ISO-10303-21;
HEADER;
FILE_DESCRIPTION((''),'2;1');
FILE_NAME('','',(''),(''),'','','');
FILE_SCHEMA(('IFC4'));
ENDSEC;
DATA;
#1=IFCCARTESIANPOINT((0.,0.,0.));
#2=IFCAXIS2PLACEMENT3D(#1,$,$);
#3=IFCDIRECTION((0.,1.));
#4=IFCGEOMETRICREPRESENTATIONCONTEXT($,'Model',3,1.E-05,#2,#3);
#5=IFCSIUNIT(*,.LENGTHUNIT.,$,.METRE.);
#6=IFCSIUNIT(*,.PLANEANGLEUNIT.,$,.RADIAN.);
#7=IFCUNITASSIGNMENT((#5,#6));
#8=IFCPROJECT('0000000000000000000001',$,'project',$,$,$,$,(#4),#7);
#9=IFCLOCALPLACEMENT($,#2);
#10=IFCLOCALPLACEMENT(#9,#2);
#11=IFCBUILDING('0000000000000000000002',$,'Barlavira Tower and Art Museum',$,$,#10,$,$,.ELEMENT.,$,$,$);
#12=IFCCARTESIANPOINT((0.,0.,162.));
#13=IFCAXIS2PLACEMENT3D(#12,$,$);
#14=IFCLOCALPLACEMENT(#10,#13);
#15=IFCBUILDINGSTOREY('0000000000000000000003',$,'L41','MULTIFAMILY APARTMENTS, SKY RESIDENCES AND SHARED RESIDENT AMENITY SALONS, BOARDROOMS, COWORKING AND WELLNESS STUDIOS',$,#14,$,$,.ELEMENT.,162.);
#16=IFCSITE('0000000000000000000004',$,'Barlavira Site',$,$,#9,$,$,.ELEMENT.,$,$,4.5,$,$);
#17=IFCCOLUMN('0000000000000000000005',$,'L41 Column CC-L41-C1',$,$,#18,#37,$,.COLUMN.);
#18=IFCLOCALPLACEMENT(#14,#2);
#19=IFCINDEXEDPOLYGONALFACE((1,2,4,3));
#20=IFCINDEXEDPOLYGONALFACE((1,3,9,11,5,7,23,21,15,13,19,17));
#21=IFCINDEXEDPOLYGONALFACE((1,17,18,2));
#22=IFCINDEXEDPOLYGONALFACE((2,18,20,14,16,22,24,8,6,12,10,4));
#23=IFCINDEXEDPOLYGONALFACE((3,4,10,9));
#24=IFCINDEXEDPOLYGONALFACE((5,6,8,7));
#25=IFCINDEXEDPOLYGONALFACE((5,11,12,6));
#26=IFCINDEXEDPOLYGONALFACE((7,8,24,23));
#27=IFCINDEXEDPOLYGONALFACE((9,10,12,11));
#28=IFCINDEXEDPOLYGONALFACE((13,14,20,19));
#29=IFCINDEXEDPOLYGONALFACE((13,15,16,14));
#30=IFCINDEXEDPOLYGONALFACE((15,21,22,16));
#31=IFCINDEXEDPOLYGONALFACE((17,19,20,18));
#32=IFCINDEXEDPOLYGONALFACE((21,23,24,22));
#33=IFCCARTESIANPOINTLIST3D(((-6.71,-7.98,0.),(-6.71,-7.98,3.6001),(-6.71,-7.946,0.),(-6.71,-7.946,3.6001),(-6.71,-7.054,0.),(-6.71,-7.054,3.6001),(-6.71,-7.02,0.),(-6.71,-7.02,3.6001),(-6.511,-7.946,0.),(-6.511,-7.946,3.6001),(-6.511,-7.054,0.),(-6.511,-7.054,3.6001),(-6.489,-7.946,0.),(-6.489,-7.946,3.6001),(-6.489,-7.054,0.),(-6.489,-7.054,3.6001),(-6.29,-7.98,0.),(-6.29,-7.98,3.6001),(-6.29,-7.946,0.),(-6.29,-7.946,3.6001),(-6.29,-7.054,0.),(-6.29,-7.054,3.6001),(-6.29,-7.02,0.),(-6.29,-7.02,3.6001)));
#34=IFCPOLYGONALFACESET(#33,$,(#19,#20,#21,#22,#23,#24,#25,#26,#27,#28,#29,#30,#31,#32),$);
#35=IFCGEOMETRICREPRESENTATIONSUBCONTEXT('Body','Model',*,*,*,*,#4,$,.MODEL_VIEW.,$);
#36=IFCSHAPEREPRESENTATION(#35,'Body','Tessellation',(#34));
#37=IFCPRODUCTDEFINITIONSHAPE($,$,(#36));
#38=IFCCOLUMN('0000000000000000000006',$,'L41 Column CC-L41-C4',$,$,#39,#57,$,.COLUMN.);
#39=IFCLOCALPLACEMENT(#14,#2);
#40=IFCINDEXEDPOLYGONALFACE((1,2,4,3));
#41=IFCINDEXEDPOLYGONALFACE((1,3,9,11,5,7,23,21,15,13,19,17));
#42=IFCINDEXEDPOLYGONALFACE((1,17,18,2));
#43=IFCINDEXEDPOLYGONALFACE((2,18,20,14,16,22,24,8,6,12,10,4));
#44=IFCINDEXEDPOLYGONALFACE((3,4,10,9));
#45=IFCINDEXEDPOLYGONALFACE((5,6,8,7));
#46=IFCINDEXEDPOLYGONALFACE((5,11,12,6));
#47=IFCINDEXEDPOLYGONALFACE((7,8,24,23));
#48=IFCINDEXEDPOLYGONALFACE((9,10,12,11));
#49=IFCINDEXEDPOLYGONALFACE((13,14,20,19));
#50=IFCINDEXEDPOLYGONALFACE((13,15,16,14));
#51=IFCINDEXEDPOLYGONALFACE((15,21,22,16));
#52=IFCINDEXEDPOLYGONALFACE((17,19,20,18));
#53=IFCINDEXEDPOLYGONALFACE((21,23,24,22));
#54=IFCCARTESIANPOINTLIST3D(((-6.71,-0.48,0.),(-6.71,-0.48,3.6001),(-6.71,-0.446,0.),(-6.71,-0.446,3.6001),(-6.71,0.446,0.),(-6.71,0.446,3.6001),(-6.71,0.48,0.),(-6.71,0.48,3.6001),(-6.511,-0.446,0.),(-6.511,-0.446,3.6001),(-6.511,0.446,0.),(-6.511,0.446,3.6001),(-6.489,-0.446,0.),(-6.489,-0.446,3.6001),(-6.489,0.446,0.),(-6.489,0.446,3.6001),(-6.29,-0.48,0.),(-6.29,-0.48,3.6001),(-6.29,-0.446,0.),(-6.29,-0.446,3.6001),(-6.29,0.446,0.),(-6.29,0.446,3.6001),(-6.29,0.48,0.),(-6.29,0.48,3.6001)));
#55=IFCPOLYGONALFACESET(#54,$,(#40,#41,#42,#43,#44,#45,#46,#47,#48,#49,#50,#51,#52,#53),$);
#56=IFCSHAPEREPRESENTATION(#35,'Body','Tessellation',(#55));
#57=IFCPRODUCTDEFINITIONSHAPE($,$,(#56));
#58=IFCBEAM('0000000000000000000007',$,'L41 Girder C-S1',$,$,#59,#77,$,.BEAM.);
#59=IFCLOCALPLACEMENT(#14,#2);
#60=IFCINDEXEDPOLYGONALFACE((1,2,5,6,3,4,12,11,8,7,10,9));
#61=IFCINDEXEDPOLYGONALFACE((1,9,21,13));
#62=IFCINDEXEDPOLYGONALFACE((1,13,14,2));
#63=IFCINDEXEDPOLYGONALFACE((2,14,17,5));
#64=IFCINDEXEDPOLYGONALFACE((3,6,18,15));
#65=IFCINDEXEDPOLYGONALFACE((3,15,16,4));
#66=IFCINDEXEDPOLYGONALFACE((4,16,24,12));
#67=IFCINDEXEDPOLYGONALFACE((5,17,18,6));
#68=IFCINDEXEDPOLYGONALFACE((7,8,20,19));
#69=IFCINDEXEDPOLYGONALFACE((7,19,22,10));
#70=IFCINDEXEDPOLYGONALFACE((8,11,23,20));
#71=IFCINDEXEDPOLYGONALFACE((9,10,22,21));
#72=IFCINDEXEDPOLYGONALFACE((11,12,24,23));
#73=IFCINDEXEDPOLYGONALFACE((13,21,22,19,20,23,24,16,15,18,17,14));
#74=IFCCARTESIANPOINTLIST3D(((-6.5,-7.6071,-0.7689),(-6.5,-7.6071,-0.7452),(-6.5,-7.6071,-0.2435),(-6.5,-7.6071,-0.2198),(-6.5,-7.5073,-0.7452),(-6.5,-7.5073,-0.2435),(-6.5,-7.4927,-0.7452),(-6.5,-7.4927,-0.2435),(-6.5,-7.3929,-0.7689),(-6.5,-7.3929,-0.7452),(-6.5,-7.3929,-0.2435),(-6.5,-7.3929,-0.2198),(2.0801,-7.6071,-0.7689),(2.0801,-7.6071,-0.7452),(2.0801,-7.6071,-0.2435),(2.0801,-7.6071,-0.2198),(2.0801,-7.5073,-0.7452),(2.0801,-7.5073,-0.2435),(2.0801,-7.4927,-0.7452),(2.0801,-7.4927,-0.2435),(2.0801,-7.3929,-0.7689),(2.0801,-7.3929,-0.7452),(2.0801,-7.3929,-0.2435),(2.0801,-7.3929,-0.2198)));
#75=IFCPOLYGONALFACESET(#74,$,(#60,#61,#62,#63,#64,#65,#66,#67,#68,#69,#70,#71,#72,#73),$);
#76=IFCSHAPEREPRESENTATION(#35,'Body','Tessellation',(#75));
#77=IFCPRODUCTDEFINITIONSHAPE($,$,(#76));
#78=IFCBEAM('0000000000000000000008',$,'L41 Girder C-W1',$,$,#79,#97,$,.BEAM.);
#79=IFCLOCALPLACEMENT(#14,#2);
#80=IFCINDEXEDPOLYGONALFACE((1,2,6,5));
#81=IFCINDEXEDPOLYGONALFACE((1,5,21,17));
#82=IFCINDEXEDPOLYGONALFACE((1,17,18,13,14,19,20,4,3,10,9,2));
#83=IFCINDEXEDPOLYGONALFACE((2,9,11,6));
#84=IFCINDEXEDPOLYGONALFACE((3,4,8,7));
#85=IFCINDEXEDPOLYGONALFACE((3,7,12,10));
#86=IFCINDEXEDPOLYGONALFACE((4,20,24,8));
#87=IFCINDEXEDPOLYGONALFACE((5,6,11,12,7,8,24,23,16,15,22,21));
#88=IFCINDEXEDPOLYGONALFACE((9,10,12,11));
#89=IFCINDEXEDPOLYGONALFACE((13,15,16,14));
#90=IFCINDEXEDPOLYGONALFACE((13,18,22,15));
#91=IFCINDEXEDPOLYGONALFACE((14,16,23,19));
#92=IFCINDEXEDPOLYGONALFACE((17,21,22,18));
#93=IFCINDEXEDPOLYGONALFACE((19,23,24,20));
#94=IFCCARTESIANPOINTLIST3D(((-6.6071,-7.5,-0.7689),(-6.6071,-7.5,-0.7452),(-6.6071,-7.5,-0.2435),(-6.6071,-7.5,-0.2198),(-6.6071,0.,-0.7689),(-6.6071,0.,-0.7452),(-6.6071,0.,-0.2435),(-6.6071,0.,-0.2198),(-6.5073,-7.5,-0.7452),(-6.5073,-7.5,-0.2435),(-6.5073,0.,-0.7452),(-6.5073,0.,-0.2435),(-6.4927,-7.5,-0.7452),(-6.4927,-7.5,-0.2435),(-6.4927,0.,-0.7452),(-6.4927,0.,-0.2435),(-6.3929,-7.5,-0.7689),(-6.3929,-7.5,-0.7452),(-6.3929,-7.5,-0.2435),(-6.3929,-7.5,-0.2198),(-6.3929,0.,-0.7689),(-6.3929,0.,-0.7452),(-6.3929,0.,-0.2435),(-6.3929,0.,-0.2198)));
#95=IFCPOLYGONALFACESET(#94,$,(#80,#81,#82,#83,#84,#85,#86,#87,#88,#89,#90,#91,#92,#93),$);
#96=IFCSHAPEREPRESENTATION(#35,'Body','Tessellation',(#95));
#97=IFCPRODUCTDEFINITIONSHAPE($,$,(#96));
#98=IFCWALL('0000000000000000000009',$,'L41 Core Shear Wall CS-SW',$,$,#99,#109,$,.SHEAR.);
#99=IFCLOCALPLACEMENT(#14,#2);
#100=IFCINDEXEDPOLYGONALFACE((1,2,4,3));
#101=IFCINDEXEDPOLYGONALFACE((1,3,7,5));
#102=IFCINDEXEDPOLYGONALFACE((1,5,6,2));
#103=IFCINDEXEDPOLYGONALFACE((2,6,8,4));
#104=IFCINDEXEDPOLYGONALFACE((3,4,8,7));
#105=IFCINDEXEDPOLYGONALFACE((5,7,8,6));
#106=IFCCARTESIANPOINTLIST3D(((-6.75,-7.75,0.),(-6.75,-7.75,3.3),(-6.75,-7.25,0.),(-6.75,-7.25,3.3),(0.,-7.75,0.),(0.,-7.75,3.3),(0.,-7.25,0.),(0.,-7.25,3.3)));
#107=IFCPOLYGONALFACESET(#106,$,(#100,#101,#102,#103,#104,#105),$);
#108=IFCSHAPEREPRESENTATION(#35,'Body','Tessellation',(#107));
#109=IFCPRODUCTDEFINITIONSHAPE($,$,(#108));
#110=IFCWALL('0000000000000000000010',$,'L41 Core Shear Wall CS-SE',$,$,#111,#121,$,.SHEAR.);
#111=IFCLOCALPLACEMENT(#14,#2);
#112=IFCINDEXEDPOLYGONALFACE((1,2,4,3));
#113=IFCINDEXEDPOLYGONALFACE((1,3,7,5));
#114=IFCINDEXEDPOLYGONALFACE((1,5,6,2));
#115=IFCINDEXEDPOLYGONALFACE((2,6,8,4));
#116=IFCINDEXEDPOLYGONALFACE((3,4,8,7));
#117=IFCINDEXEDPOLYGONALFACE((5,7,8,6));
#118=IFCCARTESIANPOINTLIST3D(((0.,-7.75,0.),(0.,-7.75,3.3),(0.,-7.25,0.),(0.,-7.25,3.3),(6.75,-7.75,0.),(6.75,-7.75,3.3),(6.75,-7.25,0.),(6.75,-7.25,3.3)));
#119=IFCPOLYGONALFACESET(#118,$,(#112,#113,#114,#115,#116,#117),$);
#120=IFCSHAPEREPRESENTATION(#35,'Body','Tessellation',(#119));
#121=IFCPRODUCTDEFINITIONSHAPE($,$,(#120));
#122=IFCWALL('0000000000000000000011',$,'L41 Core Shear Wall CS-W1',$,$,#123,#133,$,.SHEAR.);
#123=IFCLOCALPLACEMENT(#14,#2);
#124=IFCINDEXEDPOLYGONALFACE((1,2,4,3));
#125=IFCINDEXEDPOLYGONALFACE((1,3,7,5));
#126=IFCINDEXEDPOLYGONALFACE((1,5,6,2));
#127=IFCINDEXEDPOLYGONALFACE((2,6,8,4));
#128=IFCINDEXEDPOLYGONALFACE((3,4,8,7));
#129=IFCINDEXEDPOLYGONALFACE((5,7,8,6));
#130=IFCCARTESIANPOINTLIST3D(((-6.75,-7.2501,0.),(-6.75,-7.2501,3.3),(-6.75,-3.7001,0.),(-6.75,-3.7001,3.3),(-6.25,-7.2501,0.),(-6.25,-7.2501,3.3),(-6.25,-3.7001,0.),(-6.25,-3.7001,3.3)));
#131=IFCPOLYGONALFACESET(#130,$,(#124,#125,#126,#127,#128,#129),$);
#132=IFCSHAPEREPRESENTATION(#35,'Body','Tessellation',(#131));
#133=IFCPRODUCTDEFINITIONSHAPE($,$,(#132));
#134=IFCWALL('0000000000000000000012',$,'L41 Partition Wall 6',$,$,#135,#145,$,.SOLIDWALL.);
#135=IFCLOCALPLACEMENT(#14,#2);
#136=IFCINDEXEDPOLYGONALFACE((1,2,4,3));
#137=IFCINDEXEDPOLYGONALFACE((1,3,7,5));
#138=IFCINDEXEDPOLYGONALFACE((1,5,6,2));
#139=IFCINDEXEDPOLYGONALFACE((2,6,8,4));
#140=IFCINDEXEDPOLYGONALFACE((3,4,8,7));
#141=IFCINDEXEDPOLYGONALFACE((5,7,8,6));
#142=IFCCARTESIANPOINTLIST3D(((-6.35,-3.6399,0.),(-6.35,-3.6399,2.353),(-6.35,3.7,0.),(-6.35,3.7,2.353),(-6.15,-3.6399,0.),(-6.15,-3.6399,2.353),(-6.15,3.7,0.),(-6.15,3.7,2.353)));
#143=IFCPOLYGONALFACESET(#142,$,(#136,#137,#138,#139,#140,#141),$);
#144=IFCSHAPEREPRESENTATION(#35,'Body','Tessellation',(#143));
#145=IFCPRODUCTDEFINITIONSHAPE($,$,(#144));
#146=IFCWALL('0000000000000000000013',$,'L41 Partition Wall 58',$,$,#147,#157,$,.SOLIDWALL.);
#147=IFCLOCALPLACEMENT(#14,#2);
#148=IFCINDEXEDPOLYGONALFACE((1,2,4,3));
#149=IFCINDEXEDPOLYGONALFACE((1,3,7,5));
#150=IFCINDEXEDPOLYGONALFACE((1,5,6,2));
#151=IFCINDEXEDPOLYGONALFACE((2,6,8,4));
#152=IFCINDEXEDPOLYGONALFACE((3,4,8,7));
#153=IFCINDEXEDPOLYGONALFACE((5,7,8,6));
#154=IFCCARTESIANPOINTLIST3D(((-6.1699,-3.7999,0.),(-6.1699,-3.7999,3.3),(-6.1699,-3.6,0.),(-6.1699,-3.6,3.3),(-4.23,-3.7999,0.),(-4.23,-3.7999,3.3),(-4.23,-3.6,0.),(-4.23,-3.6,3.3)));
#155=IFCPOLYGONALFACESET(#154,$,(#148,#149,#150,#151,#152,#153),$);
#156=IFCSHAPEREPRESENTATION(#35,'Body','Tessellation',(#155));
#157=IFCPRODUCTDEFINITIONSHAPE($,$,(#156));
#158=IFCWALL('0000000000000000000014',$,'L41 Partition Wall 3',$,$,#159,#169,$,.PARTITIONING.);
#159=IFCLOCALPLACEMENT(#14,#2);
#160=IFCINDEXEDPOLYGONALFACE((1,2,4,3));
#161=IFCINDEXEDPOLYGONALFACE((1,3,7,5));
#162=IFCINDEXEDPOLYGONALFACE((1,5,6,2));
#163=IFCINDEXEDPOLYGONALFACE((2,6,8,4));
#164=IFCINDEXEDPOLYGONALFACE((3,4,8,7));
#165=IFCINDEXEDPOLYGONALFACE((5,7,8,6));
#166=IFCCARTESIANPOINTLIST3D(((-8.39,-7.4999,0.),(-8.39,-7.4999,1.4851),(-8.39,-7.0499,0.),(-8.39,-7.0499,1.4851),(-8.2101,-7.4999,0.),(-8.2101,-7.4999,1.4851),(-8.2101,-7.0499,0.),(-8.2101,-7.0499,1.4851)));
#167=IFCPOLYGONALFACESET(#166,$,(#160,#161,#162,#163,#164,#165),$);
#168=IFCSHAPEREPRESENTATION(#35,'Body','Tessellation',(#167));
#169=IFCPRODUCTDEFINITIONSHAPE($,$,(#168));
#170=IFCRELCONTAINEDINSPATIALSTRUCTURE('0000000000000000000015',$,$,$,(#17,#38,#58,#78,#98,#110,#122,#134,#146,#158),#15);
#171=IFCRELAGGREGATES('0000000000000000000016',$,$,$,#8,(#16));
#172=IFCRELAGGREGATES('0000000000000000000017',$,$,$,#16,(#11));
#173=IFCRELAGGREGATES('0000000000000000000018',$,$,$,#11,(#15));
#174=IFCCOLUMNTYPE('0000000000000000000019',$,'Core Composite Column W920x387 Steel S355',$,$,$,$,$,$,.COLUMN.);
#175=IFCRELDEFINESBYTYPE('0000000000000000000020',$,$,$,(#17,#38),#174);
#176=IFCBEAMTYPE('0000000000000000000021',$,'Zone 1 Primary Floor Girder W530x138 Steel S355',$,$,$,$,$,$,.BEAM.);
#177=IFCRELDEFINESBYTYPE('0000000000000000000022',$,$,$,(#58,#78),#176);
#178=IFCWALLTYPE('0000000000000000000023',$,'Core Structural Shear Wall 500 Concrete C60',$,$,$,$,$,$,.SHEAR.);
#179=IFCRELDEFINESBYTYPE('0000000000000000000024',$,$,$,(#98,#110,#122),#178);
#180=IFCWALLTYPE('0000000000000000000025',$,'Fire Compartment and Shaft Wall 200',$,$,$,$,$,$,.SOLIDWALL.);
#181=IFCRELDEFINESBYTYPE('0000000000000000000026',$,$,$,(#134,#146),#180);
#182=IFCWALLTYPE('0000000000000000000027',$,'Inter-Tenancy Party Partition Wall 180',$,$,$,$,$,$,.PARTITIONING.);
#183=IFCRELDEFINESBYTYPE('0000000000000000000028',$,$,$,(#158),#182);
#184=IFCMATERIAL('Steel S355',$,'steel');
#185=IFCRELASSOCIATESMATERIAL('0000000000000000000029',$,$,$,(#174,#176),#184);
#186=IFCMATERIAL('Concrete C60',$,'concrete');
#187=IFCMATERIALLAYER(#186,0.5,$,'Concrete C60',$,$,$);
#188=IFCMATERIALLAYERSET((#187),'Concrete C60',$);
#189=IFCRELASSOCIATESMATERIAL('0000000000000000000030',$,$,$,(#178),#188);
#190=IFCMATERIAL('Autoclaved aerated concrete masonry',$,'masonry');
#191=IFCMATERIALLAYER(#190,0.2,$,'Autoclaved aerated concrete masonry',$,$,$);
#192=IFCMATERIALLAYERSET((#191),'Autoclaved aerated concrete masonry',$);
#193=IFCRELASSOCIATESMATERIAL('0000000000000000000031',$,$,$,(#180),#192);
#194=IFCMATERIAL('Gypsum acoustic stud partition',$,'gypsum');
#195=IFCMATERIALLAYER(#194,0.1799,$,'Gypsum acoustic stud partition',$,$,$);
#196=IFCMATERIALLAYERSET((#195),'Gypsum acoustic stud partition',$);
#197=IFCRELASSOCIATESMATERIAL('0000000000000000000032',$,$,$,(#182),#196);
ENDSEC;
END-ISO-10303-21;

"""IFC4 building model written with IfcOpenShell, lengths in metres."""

from ifc_helpers import new_model, si_unit, direction, frame, frame_2d, origin, origin_2d, place, context, subcontext, project, spatial, rectangle, i_section, extrude, material, layer, layer_set, material_profile, profile_set, type_object, element, save


model = new_model("IFC4")

# Units and contexts
model_context = context("Model", 3, precision=1e-05, world=origin(), true_north=direction((0.0, 1.0)))
body_context = subcontext(model_context, "Body", "Model", "MODEL_VIEW")
ifc_project = project(units=[si_unit("LENGTHUNIT", "METRE"), si_unit("PLANEANGLEUNIT", "RADIAN")], contexts=[model_context])

# Site, building, storey
site_placement = place(None, origin())
site = spatial("IfcSite", under=ifc_project, at=site_placement, Name="Barlavira Site", CompositionType="ELEMENT", RefElevation=4.5)
building_placement = place(site_placement, origin())
building = spatial("IfcBuilding", under=site, at=building_placement, Name="Barlavira Tower and Art Museum", CompositionType="ELEMENT")
storey_placement = place(building_placement, frame((0.0, 0.0, 162.0)))
storey = spatial("IfcBuildingStorey", under=building, at=storey_placement, Name="L41", Description="MULTIFAMILY APARTMENTS, SKY RESIDENCES AND SHARED RESIDENT AMENITY SALONS, BOARDROOMS, COWORKING AND WELLNESS STUDIOS", CompositionType="ELEMENT", Elevation=162.0)

# Columns
ifc_material_1 = material(Name="Steel S355", Category="steel")
ifc_material_profile_1 = material_profile(ifc_material_1, i_section(OverallWidth=0.4199, OverallDepth=0.96, WebThickness=0.022, FlangeThickness=0.0339, at=origin_2d()), Name="W920x387.0")
ifc_profile_set_1 = profile_set([ifc_material_profile_1], Name="Steel S355")
column_type = type_object("IfcColumnType", Name="Core Composite Column W920x387 Steel S355", PredefinedType="COLUMN", material=ifc_profile_set_1)
for number, where, z_axis, x_axis, name in (
    (1, (-6.5, -7.5, 0.0), (0.0, 0.0, 1.0), (1.0, 0.0, 0.0), "L41 Column CC-L41-C1"),
    (2, (-6.5, 0.0, 0.0), (0.0, 0.0, 1.0), (1.0, 0.0, 0.0), "L41 Column CC-L41-C4"),
):
    element("IfcColumn", number, at=place(storey_placement, frame(where, z_axis=z_axis, x_axis=x_axis)), inside=storey, type_object=column_type, Name=name, PredefinedType="COLUMN", context=body_context, shape_type="SweptSolid", body=[
        extrude(i_section(OverallWidth=0.4199, OverallDepth=0.96, WebThickness=0.022, FlangeThickness=0.0339, at=origin_2d()), origin(), (0.0, 0.0, 1.0), 3.6001),
    ])

# Beams
ifc_material_profile_2 = material_profile(ifc_material_1, i_section(OverallWidth=0.2141, OverallDepth=0.5491, WebThickness=0.0146, FlangeThickness=0.0237, at=origin_2d()), Name="W530x138.0")
ifc_profile_set_2 = profile_set([ifc_material_profile_2], Name="Steel S355")
beam_type = type_object("IfcBeamType", Name="Zone 1 Primary Floor Girder W530x138 Steel S355", PredefinedType="BEAM", material=ifc_profile_set_2)
beam_1_placement = place(storey_placement, frame((-6.5, -7.5, -0.4944), z_axis=(1.0, 0.0, 0.0), x_axis=(0.0, 1.0, 0.0)))
element("IfcBeam", 3, at=beam_1_placement, inside=storey, type_object=beam_type, Name="L41 Girder C-S1", PredefinedType="BEAM", context=body_context, shape_type="SweptSolid", body=[
    extrude(i_section(OverallWidth=0.2141, OverallDepth=0.5491, WebThickness=0.0146, FlangeThickness=0.0237, at=origin_2d()), origin(), (0.0, 0.0, 1.0), 8.5801),
])
beam_2_placement = place(storey_placement, frame((-6.5, -7.5, -0.4944), z_axis=(0.0, 1.0, 0.0), x_axis=(-1.0, 0.0, 0.0)))
element("IfcBeam", 4, at=beam_2_placement, inside=storey, type_object=beam_type, Name="L41 Girder C-W1", PredefinedType="BEAM", context=body_context, shape_type="SweptSolid", body=[
    extrude(i_section(OverallWidth=0.2141, OverallDepth=0.5491, WebThickness=0.0146, FlangeThickness=0.0237, at=origin_2d()), origin(), (0.0, 0.0, 1.0), 7.5),
])

# Walls
ifc_material_2 = material(Name="Concrete C60", Category="concrete")
ifc_layer_1 = layer(ifc_material_2, 0.5, Name="Concrete C60")
ifc_layer_set_1 = layer_set([ifc_layer_1], Name="Concrete C60")
wall_type_1 = type_object("IfcWallType", Name="Core Structural Shear Wall 500 Concrete C60", PredefinedType="SHEAR", material=ifc_layer_set_1)
for number, where, z_axis, x_axis, name in (
    (5, (-6.75, -7.5, 0.0), (0.0, 0.0, 1.0), (1.0, 0.0, 0.0), "L41 Core Shear Wall CS-SW"),
    (6, (0.0, -7.5, 0.0), (0.0, 0.0, 1.0), (1.0, 0.0, 0.0), "L41 Core Shear Wall CS-SE"),
):
    element("IfcWall", number, at=place(storey_placement, frame(where, z_axis=z_axis, x_axis=x_axis)), inside=storey, type_object=wall_type_1, Name=name, PredefinedType="SHEAR", context=body_context, shape_type="SweptSolid", body=[
        extrude(rectangle(XDim=6.75, YDim=0.5, at=frame_2d((3.375, 0.0))), origin(), (0.0, 0.0, 1.0), 3.3),
    ])
wall_1_placement = place(storey_placement, frame((-6.5, -7.25, 0.0), z_axis=(0.0, 0.0, 1.0), x_axis=(0.0, 1.0, 0.0)))
element("IfcWall", 7, at=wall_1_placement, inside=storey, type_object=wall_type_1, Name="L41 Core Shear Wall CS-W1", PredefinedType="SHEAR", context=body_context, shape_type="SweptSolid", body=[
    extrude(rectangle(XDim=3.55, YDim=0.5, at=frame_2d((1.7749, 0.0))), origin(), (0.0, 0.0, 1.0), 3.3),
])
ifc_material_3 = material(Name="Autoclaved aerated concrete masonry", Category="masonry")
ifc_layer_2 = layer(ifc_material_3, 0.2, Name="Autoclaved aerated concrete masonry")
ifc_layer_set_2 = layer_set([ifc_layer_2], Name="Autoclaved aerated concrete masonry")
wall_type_2 = type_object("IfcWallType", Name="Fire Compartment and Shaft Wall 200", PredefinedType="SOLIDWALL", material=ifc_layer_set_2)
wall_2_placement = place(storey_placement, frame((-6.25, -3.6399, 0.0), z_axis=(0.0, 0.0, 1.0), x_axis=(0.0, 1.0, 0.0)))
element("IfcWall", 8, at=wall_2_placement, inside=storey, type_object=wall_type_2, Name="L41 Partition Wall 6", PredefinedType="SOLIDWALL", context=body_context, shape_type="SweptSolid", body=[
    extrude(rectangle(XDim=7.3398, YDim=0.2, at=frame_2d((3.6699, 0.0))), origin(), (0.0, 0.0, 1.0), 2.353),
])

# Walls
wall_3_placement = place(storey_placement, frame((-6.1699, -3.7, 0.0), z_axis=(0.0, 0.0, 1.0), x_axis=(1.0, 0.0, 0.0)))
element("IfcWall", 9, at=wall_3_placement, inside=storey, type_object=wall_type_2, Name="L41 Partition Wall 58", PredefinedType="SOLIDWALL", context=body_context, shape_type="SweptSolid", body=[
    extrude(rectangle(XDim=1.9399, YDim=0.2, at=frame_2d((0.97, 0.0))), origin(), (0.0, 0.0, 1.0), 3.3),
])
ifc_material_4 = material(Name="Gypsum acoustic stud partition", Category="gypsum")
ifc_layer_3 = layer(ifc_material_4, 0.1799, Name="Gypsum acoustic stud partition")
ifc_layer_set_3 = layer_set([ifc_layer_3], Name="Gypsum acoustic stud partition")
wall_type_3 = type_object("IfcWallType", Name="Inter-Tenancy Party Partition Wall 180", PredefinedType="PARTITIONING", material=ifc_layer_set_3)
wall_4_placement = place(storey_placement, frame((-8.3, -7.5, 0.0), z_axis=(0.0, 0.0, 1.0), x_axis=(0.0, 1.0, 0.0)))
element("IfcWall", 10, at=wall_4_placement, inside=storey, type_object=wall_type_3, Name="L41 Partition Wall 3", PredefinedType="PARTITIONING", context=body_context, shape_type="SweptSolid", body=[
    extrude(rectangle(XDim=0.45, YDim=0.1799, at=frame_2d((0.2251, 0.0))), origin(), (0.0, 0.0, 1.0), 1.4851),
])

save(model, "model.ifc")
